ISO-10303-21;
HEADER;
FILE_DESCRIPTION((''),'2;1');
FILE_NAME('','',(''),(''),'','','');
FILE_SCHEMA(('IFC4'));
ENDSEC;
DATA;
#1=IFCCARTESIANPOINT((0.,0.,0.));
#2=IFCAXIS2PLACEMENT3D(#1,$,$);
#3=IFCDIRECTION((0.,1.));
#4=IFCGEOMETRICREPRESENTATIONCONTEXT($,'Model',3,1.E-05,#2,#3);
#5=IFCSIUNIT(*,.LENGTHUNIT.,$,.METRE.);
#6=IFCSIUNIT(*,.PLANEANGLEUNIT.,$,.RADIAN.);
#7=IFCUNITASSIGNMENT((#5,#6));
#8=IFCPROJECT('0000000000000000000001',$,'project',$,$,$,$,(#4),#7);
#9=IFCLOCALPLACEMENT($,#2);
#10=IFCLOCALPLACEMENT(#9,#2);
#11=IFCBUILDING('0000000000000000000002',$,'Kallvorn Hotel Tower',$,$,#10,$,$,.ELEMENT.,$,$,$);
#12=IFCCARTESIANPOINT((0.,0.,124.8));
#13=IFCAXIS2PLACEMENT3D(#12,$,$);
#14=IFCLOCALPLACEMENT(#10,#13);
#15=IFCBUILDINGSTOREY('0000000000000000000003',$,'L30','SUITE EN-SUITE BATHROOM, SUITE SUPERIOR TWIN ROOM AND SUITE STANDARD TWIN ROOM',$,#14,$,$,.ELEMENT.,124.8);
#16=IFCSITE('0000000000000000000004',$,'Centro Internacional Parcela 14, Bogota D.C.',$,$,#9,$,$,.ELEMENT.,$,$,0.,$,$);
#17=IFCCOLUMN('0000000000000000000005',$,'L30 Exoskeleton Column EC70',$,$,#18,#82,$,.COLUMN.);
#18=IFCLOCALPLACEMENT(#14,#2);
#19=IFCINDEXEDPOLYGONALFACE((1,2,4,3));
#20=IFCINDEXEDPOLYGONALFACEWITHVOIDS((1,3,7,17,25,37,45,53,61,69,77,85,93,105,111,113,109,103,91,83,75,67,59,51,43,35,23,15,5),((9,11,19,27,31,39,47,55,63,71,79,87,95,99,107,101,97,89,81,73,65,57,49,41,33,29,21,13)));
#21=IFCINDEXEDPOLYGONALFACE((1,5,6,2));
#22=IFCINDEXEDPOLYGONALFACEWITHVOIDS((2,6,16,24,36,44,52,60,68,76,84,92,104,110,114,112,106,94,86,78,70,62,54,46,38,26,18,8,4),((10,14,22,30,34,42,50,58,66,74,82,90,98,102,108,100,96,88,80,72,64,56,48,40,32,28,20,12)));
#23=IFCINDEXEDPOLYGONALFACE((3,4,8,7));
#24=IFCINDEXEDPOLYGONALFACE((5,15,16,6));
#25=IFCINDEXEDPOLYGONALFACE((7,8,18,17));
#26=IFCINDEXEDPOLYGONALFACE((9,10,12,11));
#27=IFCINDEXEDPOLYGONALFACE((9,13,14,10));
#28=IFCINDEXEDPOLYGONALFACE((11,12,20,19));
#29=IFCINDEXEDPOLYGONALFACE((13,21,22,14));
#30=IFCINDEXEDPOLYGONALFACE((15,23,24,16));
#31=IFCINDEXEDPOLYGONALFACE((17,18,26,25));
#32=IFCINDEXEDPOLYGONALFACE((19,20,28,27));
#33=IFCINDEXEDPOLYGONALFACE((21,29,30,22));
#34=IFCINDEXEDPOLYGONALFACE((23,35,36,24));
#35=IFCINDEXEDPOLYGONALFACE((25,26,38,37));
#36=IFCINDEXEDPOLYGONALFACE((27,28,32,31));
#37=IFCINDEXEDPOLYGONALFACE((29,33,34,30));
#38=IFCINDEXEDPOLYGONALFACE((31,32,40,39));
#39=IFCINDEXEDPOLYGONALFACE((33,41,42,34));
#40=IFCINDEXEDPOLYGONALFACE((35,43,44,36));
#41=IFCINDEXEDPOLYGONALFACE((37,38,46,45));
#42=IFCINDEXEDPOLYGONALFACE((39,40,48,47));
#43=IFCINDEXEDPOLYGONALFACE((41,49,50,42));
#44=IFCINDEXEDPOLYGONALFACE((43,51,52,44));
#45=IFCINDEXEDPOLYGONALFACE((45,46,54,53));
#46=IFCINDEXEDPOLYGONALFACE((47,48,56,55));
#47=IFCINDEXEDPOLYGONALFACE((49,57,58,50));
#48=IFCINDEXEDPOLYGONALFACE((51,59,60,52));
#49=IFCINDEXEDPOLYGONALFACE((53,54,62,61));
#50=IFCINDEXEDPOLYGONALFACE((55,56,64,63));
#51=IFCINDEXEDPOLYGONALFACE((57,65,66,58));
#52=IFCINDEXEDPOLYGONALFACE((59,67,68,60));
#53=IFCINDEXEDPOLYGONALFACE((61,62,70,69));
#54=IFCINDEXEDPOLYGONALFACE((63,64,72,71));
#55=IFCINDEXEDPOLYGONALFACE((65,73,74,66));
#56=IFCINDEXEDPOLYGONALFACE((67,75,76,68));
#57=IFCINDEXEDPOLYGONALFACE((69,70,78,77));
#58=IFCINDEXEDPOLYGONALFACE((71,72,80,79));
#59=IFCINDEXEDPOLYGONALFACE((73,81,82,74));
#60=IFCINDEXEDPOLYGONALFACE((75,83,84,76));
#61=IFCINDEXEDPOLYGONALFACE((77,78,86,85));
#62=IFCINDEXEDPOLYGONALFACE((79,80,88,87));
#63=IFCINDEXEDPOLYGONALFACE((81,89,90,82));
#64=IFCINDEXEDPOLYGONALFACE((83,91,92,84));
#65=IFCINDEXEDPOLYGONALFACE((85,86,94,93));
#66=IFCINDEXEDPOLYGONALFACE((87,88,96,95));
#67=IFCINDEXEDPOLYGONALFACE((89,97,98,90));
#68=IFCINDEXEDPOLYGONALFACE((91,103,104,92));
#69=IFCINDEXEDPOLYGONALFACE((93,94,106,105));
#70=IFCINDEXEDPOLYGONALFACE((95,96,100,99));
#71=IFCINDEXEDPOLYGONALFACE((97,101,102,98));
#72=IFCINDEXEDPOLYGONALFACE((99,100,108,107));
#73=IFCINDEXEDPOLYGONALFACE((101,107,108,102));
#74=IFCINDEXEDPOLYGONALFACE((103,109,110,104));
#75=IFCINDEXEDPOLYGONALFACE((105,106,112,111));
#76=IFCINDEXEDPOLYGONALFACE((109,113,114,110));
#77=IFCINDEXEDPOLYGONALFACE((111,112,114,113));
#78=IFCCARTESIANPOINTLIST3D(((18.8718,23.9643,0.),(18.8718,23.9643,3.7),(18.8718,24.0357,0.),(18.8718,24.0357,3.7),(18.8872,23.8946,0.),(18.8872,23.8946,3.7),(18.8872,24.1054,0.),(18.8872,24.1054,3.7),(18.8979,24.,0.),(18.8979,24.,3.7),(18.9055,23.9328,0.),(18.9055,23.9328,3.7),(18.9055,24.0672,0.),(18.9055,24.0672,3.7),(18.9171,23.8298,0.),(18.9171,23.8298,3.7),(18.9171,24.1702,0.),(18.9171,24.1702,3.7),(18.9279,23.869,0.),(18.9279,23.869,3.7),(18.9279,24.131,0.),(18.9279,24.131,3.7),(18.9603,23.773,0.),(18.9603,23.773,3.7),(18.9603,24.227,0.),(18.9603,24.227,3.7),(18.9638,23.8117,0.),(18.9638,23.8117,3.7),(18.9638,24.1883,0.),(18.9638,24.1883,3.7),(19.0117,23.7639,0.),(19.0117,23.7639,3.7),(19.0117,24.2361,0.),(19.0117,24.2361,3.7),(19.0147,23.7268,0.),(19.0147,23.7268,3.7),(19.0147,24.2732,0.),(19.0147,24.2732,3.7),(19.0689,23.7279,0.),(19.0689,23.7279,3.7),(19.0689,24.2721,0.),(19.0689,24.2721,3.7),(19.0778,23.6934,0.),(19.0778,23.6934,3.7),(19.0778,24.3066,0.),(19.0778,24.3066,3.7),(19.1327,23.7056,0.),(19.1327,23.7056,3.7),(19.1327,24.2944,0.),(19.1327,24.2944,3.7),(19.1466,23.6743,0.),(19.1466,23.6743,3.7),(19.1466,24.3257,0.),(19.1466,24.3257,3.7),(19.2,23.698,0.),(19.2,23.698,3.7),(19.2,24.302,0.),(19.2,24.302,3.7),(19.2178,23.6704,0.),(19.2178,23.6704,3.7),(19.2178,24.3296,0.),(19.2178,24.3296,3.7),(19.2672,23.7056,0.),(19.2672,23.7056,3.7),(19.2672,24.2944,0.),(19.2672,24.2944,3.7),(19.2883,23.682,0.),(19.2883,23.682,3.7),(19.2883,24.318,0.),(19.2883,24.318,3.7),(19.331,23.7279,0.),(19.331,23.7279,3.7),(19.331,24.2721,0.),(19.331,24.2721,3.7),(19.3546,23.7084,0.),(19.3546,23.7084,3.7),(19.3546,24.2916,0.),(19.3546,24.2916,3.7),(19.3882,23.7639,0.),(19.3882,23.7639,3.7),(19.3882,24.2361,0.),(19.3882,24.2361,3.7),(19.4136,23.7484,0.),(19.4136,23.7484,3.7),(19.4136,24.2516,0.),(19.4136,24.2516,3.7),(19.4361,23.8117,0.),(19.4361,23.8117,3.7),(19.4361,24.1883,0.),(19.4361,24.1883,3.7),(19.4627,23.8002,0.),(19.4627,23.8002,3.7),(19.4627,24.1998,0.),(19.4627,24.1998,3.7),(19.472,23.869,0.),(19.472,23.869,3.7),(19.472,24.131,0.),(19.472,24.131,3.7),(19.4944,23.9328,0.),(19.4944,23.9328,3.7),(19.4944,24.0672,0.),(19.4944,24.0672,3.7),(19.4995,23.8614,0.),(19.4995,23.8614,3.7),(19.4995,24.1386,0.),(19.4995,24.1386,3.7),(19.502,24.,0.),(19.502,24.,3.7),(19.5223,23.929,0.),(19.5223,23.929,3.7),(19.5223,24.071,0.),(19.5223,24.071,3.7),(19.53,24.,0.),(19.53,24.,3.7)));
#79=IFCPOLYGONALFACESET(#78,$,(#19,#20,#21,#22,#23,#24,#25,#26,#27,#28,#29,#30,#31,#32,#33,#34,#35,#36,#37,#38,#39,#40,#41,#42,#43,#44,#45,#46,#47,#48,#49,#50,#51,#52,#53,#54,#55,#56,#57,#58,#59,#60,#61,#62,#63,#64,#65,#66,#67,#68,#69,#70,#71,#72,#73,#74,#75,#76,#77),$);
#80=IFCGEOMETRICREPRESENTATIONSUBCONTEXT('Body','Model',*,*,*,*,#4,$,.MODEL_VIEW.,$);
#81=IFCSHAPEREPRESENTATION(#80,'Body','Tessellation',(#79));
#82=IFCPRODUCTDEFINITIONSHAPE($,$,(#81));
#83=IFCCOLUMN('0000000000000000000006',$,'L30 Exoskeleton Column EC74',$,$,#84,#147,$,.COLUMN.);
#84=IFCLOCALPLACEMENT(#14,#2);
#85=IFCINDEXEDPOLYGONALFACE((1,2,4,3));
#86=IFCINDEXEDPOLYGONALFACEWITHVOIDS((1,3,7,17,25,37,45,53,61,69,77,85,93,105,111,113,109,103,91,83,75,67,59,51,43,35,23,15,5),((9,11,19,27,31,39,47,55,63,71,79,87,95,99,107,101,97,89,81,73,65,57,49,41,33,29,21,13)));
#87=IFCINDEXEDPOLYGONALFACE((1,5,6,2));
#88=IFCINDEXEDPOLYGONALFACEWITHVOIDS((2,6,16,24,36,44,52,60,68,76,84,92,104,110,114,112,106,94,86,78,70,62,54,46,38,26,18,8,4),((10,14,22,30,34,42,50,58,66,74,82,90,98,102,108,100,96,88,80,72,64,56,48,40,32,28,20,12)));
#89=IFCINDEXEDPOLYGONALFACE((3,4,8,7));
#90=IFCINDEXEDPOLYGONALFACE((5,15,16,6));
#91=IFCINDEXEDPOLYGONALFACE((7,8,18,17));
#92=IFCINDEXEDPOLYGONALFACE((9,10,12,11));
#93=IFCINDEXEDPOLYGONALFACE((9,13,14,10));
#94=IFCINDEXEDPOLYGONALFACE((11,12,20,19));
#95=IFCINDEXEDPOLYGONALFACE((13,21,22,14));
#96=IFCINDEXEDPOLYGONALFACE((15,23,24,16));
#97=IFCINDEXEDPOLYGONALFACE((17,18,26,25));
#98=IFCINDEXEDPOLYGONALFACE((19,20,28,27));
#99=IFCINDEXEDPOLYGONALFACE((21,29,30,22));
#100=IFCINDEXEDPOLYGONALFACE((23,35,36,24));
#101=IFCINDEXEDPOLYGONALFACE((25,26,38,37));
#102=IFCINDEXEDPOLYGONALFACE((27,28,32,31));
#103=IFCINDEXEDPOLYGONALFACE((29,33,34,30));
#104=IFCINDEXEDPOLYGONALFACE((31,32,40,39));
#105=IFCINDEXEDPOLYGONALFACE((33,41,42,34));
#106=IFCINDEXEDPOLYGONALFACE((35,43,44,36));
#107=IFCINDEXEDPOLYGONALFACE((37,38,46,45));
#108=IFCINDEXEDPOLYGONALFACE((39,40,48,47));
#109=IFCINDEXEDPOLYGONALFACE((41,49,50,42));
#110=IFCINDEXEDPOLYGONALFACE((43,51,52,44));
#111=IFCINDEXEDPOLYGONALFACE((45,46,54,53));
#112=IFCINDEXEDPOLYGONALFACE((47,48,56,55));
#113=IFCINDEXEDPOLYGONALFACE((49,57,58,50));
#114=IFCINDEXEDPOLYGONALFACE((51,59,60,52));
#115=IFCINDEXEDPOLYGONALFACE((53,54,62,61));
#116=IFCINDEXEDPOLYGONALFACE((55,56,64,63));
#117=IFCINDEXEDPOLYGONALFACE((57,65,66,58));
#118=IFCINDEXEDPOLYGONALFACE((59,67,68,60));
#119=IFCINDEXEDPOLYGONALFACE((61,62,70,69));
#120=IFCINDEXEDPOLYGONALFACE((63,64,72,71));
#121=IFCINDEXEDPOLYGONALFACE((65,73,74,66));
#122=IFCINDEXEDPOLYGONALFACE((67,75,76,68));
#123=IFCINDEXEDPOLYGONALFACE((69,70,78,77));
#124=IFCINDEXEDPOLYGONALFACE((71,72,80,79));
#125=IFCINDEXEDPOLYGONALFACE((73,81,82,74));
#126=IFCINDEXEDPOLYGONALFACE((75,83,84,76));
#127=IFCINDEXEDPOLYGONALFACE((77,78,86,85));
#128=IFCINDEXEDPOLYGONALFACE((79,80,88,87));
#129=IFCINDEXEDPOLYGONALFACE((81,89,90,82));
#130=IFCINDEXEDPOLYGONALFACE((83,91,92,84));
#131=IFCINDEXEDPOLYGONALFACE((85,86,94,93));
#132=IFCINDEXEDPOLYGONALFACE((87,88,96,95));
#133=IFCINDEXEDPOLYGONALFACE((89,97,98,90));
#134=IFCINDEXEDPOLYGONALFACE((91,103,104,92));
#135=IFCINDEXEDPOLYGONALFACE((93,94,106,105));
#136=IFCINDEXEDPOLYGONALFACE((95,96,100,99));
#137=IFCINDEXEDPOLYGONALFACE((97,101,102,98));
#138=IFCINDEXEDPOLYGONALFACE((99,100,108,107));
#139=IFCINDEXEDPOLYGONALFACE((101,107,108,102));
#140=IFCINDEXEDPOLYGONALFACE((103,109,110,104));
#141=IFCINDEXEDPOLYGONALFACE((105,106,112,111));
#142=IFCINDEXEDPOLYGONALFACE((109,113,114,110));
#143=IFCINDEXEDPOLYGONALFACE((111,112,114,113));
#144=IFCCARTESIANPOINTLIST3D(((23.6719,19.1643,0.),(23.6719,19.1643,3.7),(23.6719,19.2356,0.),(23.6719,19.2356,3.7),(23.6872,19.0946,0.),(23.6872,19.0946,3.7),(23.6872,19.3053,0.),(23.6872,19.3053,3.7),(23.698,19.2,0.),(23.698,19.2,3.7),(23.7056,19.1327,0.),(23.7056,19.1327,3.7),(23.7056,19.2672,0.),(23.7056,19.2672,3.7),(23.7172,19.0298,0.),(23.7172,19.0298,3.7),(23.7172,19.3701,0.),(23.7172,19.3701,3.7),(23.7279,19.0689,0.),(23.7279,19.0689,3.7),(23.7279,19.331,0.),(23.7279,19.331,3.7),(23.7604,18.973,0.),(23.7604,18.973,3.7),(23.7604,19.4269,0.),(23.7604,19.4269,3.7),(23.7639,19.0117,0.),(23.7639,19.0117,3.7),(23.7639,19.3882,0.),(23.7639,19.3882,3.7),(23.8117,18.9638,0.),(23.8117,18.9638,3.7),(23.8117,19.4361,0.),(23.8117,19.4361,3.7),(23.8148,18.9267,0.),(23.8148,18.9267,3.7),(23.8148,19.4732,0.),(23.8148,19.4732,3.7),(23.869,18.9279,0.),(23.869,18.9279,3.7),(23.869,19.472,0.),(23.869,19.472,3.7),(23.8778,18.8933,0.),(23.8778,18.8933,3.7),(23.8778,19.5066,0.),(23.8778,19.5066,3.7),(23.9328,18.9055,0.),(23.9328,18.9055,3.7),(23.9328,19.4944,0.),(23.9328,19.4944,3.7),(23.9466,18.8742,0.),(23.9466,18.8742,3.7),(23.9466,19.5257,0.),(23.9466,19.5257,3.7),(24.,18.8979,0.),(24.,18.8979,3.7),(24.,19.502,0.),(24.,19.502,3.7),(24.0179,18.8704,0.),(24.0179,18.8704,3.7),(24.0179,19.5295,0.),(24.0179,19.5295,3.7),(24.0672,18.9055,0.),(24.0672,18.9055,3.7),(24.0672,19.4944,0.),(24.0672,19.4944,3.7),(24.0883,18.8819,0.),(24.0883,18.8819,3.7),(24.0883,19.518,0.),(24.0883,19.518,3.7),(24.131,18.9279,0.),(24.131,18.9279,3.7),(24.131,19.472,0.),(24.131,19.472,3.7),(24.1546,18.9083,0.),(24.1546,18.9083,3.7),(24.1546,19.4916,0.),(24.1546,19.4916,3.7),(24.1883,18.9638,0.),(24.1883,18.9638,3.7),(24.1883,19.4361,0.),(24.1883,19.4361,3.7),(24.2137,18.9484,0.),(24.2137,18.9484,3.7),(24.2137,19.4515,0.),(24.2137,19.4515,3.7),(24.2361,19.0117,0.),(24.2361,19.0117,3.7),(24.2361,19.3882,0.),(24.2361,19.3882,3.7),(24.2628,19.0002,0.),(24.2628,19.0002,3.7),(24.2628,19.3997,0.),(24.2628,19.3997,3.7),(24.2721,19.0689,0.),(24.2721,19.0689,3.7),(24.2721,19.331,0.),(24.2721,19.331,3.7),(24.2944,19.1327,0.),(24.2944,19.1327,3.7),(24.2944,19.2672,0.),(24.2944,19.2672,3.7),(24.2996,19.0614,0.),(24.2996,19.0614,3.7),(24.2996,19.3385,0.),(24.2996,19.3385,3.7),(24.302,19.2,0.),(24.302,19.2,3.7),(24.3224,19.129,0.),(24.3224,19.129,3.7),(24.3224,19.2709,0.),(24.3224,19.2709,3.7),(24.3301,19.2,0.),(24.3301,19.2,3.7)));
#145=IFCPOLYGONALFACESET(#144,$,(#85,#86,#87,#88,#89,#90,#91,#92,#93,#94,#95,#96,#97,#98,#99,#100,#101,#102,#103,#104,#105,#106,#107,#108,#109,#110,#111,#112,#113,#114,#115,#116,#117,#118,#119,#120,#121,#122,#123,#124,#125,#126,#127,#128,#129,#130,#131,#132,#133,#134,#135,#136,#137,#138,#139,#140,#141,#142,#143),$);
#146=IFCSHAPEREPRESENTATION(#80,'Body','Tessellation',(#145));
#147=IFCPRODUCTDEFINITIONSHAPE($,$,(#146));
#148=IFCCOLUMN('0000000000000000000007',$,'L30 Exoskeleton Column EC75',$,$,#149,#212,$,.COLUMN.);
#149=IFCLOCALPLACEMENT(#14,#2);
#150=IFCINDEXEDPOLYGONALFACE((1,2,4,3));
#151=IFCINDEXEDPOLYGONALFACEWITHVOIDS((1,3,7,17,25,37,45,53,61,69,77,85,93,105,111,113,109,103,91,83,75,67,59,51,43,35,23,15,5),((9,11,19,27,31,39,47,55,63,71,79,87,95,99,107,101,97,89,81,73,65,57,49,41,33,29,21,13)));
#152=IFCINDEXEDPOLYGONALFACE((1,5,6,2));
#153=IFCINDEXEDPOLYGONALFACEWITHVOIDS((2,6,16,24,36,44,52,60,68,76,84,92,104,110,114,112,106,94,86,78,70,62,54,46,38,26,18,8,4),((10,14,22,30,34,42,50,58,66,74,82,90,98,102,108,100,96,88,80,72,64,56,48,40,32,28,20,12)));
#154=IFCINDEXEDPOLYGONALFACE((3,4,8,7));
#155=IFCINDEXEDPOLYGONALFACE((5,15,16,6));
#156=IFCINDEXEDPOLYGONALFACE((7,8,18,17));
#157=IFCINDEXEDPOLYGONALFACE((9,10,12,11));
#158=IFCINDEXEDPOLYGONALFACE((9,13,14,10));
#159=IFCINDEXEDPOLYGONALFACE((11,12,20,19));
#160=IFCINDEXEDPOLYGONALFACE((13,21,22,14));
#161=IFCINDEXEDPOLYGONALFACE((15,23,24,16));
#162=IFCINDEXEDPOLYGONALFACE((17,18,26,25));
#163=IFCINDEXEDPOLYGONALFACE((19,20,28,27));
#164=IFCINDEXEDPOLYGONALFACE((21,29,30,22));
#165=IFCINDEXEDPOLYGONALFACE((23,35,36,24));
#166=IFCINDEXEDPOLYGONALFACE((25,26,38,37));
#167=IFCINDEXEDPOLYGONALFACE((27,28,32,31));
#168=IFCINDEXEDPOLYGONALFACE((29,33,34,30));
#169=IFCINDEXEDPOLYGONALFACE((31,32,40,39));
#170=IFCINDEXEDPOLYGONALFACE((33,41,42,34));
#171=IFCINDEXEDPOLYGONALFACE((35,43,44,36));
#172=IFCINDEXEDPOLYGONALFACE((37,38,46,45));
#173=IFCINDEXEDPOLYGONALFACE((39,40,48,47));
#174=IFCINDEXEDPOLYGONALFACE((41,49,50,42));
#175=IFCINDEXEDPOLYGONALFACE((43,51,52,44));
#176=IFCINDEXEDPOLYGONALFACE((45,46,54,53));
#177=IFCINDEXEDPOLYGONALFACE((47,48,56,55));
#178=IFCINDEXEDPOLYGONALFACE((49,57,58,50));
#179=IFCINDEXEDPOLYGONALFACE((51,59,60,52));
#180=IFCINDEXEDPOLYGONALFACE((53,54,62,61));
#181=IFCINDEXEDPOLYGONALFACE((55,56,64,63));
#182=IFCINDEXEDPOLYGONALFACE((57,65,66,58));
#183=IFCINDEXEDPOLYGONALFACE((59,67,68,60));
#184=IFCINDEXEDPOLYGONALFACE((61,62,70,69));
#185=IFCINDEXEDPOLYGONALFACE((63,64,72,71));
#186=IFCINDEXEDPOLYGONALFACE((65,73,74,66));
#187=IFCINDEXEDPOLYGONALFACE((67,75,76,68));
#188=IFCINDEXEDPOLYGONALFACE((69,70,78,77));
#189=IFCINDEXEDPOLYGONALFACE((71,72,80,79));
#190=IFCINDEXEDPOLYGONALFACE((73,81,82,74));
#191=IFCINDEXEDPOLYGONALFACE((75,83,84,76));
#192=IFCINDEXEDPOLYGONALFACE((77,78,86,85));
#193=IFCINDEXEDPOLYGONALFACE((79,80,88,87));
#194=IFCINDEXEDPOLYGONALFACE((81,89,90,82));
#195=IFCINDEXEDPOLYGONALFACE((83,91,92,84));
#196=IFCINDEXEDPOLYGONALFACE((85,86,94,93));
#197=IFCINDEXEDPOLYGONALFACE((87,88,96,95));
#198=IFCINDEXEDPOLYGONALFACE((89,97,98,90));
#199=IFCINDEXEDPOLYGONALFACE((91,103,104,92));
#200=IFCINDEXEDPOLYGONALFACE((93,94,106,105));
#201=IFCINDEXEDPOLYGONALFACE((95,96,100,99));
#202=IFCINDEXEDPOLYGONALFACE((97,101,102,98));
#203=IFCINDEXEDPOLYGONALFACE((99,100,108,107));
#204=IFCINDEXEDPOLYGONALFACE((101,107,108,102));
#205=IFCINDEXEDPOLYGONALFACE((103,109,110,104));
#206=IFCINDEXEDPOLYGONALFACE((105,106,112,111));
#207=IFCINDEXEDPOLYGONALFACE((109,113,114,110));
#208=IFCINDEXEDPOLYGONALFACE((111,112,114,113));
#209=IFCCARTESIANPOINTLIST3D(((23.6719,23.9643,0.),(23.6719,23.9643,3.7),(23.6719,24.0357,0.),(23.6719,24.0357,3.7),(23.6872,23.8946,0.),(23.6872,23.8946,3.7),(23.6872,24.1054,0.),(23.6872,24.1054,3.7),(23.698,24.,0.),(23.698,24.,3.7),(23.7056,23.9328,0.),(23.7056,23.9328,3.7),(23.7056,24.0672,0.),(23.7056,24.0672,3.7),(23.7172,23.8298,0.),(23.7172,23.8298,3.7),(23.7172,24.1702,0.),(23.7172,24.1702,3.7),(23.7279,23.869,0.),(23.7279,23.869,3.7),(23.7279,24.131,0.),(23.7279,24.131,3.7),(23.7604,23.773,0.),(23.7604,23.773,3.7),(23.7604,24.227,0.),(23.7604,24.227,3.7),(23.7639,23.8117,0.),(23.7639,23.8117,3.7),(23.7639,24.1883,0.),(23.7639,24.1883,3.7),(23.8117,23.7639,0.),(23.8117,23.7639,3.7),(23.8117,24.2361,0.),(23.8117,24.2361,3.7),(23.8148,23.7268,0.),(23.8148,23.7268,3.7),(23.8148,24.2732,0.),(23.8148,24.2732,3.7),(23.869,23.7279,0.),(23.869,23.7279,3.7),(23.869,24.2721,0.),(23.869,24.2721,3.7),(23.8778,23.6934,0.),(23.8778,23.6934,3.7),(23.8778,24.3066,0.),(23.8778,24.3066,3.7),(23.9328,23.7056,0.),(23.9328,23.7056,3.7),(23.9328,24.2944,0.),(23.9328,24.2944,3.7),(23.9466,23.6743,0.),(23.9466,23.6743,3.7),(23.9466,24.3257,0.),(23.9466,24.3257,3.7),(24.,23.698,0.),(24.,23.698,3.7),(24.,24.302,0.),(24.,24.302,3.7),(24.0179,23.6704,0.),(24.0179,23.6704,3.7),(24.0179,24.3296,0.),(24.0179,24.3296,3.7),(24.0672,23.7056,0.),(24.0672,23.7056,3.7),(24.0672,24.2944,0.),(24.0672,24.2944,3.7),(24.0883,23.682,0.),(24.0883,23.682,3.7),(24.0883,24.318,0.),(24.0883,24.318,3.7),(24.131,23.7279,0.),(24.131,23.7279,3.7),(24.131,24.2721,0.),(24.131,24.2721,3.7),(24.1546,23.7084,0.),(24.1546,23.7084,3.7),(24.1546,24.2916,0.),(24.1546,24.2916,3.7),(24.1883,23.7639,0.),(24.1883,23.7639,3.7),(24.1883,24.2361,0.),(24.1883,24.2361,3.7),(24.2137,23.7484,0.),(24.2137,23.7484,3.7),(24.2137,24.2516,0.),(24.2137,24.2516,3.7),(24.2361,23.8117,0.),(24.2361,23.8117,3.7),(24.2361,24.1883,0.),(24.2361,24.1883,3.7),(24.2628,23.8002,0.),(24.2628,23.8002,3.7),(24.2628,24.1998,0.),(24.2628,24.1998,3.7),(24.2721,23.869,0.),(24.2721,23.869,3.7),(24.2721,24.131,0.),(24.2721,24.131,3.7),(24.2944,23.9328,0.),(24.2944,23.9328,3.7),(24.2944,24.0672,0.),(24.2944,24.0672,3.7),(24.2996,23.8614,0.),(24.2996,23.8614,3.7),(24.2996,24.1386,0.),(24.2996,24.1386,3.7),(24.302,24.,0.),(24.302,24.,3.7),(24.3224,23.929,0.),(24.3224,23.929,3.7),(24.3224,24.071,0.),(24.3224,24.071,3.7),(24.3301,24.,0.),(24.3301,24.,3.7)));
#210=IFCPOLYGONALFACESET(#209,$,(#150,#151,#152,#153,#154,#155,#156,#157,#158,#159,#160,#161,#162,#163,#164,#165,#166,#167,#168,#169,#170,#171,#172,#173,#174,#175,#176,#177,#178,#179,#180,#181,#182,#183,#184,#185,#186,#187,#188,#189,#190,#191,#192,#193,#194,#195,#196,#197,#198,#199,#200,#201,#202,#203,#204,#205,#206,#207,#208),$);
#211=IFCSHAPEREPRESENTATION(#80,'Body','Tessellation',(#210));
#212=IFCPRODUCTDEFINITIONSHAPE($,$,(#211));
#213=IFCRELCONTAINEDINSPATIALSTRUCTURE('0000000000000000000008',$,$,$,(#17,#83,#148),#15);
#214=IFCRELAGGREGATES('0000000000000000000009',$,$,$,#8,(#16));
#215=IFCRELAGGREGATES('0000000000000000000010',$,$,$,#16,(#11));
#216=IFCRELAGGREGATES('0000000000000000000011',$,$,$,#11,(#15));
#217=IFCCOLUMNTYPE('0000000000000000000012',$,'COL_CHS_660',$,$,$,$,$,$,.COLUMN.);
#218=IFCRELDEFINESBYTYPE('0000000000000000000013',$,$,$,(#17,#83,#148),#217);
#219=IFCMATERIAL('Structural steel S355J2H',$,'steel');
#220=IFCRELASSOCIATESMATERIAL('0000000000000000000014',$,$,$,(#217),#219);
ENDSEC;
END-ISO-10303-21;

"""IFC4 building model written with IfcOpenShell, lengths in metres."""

from ifc_helpers import new_model, si_unit, direction, frame, origin, origin_2d, place, context, subcontext, project, spatial, hollow_circle, extrude, material, material_profile, profile_set, type_object, element, save


model = new_model("IFC4")

# Units and contexts
model_context = context("Model", 3, precision=1e-05, world=origin(), true_north=direction((0.0, 1.0)))
body_context = subcontext(model_context, "Body", "Model", "MODEL_VIEW")
ifc_project = project(units=[si_unit("LENGTHUNIT", "METRE"), si_unit("PLANEANGLEUNIT", "RADIAN")], contexts=[model_context])

# Site, building, storey
site_placement = place(None, origin())
site = spatial("IfcSite", under=ifc_project, at=site_placement, Name="Centro Internacional Parcela 14, Bogota D.C.", CompositionType="ELEMENT", RefElevation=0.0)
building_placement = place(site_placement, origin())
building = spatial("IfcBuilding", under=site, at=building_placement, Name="Kallvorn Hotel Tower", CompositionType="ELEMENT")
storey_placement = place(building_placement, frame((0.0, 0.0, 124.8)))
storey = spatial("IfcBuildingStorey", under=building, at=storey_placement, Name="L30", Description="SUITE EN-SUITE BATHROOM, SUITE SUPERIOR TWIN ROOM AND SUITE STANDARD TWIN ROOM", CompositionType="ELEMENT", Elevation=124.8)

# Columns
ifc_material_1 = material(Name="Structural steel S355J2H", Category="steel")
ifc_material_profile_1 = material_profile(ifc_material_1, hollow_circle(Radius=0.3301, WallThickness=0.0281, at=origin_2d()), Name="CHS 660x28")
ifc_profile_set_1 = profile_set([ifc_material_profile_1], Name="Structural steel S355J2H")
column_type_1 = type_object("IfcColumnType", Name="COL_CHS_660", PredefinedType="COLUMN", material=ifc_profile_set_1)
for number, where, z_axis, x_axis, name in (
    (1, (19.2, 24.0, 0.0), (0.0, 0.0, 1.0), (1.0, 0.0, 0.0), "L30 Exoskeleton Column EC70"),
    (2, (24.0, 19.2, 0.0), (0.0, 0.0, 1.0), (1.0, 0.0, 0.0), "L30 Exoskeleton Column EC74"),
    (3, (24.0, 24.0, 0.0), (0.0, 0.0, 1.0), (1.0, 0.0, 0.0), "L30 Exoskeleton Column EC75"),
):
    element("IfcColumn", number, at=place(storey_placement, frame(where, z_axis=z_axis, x_axis=x_axis)), inside=storey, type_object=column_type_1, Name=name, PredefinedType="COLUMN", context=body_context, shape_type="SweptSolid", body=[
        extrude(hollow_circle(Radius=0.3301, WallThickness=0.0281, at=origin_2d()), origin(), (0.0, 0.0, 1.0), 3.7),
    ])

save(model, "model.ifc")
